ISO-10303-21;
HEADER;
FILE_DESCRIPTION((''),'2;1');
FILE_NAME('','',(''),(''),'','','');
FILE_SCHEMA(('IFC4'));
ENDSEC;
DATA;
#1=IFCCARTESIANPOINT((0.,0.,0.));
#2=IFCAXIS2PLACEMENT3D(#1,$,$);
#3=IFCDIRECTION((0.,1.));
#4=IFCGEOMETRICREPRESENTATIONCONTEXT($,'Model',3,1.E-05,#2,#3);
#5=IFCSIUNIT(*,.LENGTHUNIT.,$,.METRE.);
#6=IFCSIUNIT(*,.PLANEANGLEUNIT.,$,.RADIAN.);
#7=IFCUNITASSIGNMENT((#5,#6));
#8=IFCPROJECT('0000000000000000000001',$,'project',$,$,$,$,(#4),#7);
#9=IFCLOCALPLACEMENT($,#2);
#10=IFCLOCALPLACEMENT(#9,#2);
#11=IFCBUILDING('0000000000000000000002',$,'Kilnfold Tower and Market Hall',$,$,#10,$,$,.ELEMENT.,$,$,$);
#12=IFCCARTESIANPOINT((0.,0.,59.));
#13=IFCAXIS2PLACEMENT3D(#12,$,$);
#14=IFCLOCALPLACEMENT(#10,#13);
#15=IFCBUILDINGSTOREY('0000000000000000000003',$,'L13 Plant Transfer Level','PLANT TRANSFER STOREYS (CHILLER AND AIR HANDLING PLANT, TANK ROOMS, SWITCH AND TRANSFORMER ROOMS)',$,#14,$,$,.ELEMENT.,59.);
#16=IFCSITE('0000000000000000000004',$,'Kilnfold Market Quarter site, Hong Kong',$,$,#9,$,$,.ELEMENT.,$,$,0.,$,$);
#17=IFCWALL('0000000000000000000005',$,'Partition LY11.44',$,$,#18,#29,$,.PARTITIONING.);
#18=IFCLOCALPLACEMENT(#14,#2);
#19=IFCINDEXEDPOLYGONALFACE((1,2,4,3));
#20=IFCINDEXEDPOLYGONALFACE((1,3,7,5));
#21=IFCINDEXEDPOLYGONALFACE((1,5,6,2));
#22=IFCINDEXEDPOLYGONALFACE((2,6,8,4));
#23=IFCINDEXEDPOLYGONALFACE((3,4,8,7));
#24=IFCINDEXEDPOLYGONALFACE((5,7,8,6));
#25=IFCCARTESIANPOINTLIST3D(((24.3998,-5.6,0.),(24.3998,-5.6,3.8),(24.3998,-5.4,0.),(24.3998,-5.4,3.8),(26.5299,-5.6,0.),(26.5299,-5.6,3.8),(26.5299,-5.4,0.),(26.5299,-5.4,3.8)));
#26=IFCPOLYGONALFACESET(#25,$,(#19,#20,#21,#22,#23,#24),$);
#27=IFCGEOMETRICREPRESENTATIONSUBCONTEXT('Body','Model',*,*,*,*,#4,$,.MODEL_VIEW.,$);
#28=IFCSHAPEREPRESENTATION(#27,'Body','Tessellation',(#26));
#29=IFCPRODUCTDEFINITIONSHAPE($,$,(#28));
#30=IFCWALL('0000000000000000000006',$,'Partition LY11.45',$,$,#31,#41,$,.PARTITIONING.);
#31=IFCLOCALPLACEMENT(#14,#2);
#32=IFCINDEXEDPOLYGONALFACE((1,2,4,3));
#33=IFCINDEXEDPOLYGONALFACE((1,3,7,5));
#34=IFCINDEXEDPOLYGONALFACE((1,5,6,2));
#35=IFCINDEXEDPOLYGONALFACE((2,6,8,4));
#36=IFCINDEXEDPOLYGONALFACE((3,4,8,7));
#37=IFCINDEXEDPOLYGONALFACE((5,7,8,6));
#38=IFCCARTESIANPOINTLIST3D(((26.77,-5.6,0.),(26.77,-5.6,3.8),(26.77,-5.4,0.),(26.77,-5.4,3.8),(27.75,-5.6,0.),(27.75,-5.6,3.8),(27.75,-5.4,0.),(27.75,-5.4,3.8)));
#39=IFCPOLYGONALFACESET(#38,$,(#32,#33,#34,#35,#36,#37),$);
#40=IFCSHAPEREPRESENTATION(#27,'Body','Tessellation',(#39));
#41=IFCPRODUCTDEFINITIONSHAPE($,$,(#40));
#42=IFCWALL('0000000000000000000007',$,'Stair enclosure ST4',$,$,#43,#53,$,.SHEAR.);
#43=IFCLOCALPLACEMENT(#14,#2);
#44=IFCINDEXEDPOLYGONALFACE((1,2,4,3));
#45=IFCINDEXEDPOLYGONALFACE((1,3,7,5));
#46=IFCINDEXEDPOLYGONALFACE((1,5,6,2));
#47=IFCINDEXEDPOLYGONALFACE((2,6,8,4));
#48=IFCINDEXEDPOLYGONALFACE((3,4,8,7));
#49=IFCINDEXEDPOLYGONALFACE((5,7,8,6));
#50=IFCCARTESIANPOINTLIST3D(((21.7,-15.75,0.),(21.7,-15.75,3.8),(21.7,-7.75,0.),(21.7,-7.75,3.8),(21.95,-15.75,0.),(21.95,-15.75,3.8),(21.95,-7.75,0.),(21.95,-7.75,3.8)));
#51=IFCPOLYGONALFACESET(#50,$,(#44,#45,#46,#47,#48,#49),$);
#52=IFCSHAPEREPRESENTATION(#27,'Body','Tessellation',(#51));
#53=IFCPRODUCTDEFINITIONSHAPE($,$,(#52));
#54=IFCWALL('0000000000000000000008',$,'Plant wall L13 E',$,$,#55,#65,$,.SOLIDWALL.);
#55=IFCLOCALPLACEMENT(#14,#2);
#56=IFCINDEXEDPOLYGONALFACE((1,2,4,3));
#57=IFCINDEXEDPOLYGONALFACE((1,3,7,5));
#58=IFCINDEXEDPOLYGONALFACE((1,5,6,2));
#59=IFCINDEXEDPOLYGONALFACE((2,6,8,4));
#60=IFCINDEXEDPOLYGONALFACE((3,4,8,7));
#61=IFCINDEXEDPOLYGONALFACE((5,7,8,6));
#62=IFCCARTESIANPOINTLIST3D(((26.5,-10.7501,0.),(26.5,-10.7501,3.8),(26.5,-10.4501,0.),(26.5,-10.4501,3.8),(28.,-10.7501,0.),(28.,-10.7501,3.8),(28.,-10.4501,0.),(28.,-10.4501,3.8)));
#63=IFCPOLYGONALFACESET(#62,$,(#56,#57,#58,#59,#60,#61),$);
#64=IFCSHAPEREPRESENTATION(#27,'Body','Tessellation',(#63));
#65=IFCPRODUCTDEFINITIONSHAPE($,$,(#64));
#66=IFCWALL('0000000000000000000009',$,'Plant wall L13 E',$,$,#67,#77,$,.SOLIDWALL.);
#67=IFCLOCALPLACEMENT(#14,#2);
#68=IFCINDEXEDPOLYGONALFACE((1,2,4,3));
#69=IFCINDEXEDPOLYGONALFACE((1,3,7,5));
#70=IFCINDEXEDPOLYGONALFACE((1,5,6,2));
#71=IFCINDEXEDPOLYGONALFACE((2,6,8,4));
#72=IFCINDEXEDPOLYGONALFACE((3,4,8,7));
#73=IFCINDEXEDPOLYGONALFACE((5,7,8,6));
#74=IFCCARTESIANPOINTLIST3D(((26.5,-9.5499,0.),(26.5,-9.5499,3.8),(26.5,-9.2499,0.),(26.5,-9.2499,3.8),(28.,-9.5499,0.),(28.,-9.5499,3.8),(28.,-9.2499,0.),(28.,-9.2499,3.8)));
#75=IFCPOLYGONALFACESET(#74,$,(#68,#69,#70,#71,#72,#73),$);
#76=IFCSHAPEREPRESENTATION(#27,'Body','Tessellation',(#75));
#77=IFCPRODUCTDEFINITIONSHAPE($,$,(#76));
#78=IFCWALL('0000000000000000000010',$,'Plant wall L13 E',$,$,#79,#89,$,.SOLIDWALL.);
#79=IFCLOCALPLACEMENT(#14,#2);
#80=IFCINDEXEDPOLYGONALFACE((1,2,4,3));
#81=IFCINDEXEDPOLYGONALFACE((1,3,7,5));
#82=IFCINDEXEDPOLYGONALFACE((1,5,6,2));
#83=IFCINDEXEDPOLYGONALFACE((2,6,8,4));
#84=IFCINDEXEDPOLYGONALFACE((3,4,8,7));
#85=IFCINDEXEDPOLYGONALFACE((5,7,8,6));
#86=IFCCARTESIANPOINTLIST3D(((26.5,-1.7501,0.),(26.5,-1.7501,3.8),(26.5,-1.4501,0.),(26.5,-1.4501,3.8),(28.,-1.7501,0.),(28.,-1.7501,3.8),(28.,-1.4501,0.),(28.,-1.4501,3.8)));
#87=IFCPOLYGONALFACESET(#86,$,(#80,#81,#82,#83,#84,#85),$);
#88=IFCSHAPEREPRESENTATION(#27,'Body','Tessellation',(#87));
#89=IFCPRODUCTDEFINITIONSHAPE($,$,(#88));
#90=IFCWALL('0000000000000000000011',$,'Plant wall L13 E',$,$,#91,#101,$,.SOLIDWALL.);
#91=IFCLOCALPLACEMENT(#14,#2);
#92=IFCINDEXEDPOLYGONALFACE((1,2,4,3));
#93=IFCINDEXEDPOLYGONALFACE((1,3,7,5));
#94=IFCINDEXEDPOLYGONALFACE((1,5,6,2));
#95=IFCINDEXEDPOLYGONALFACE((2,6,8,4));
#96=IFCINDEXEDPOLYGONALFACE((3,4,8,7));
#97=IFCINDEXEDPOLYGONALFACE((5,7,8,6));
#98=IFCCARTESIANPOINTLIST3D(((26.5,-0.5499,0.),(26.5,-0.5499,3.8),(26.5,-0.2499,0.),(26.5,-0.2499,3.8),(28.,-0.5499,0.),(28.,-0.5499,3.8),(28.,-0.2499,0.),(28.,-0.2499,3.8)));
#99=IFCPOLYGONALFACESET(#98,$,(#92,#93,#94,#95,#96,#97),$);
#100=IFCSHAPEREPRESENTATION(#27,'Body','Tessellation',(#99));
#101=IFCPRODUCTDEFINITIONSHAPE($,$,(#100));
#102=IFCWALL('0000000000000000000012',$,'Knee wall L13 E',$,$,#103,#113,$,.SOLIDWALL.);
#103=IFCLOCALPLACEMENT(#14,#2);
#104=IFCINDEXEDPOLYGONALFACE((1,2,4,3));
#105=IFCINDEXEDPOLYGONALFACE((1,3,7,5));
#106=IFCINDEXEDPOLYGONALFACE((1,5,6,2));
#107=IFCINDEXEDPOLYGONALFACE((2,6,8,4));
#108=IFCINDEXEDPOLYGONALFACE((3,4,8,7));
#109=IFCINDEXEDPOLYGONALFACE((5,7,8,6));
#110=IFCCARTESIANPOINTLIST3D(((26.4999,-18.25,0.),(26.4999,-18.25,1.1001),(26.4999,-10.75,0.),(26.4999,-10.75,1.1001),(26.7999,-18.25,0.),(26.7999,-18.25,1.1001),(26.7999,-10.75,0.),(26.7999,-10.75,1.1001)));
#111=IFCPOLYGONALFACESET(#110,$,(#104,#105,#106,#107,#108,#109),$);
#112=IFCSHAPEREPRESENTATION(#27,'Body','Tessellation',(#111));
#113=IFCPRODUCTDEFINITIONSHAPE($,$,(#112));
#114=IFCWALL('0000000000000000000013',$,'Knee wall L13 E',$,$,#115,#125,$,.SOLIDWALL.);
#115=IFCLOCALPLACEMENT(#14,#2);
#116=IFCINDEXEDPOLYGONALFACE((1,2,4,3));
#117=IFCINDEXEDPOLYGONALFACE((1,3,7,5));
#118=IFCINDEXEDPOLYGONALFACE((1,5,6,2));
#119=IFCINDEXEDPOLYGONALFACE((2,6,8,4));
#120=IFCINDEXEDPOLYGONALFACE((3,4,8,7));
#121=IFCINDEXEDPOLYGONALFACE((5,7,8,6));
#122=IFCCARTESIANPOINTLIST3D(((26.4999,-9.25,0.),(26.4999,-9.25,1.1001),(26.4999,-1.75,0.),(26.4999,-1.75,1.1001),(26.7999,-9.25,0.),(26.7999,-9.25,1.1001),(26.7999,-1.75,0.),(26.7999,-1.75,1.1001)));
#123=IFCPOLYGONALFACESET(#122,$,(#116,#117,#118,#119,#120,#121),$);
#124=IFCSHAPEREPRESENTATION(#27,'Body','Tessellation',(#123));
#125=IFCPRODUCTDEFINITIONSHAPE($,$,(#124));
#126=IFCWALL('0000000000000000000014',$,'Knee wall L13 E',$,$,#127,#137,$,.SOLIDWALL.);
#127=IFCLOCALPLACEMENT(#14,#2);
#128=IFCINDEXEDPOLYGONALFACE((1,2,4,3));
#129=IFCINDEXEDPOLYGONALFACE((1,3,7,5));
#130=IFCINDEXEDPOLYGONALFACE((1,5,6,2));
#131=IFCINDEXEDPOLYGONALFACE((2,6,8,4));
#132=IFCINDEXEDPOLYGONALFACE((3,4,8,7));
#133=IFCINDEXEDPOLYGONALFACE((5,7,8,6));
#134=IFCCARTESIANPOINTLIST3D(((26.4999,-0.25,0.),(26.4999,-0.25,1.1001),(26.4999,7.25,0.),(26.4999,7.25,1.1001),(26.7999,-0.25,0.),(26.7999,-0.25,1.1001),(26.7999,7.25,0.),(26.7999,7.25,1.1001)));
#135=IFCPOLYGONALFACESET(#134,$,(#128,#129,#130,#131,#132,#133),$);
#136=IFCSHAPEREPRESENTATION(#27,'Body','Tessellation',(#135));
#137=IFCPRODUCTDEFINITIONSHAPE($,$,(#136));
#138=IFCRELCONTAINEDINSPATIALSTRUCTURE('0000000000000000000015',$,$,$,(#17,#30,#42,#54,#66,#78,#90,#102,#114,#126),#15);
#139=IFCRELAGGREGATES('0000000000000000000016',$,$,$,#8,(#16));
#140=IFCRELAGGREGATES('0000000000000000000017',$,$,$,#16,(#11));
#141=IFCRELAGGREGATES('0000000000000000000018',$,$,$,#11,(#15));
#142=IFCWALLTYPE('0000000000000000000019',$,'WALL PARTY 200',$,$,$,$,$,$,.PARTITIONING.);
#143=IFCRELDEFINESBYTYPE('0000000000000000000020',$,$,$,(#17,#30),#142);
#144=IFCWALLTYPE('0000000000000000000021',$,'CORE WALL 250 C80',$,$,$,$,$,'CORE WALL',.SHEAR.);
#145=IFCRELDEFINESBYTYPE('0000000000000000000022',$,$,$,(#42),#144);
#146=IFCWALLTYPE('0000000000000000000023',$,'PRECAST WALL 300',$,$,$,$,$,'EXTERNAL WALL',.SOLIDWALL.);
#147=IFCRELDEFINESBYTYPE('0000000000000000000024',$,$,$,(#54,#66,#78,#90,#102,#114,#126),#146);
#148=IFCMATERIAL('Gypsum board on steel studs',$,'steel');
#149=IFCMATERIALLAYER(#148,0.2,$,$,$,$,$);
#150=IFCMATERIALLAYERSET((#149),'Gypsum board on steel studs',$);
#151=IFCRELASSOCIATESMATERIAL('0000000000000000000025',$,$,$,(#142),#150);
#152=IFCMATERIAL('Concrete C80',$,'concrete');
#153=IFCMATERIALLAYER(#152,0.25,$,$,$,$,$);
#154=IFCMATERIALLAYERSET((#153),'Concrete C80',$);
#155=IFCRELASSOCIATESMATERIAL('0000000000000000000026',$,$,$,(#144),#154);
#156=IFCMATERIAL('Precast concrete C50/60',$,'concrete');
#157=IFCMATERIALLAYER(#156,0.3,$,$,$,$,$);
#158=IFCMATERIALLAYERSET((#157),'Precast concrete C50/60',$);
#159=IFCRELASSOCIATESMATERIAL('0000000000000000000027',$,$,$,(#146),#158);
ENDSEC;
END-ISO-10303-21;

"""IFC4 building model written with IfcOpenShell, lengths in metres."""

from ifc_helpers import new_model, si_unit, direction, frame, frame_2d, origin, place, context, subcontext, project, spatial, rectangle, extrude, source, transform, mapped, material, layer, layer_set, type_object, element, save


model = new_model("IFC4")

# Units and contexts
model_context = context("Model", 3, precision=1e-05, world=origin(), true_north=direction((0.0, 1.0)))
body_context = subcontext(model_context, "Body", "Model", "MODEL_VIEW")
ifc_project = project(units=[si_unit("LENGTHUNIT", "METRE"), si_unit("PLANEANGLEUNIT", "RADIAN")], contexts=[model_context])

# Site, building, storey
site_placement = place(None, origin())
site = spatial("IfcSite", under=ifc_project, at=site_placement, Name="Kilnfold Market Quarter site, Hong Kong", CompositionType="ELEMENT", RefElevation=0.0)
building_placement = place(site_placement, origin())
building = spatial("IfcBuilding", under=site, at=building_placement, Name="Kilnfold Tower and Market Hall", CompositionType="ELEMENT")
storey_placement = place(building_placement, frame((0.0, 0.0, 59.0)))
storey = spatial("IfcBuildingStorey", under=building, at=storey_placement, Name="L13 Plant Transfer Level", Description="PLANT TRANSFER STOREYS (CHILLER AND AIR HANDLING PLANT, TANK ROOMS, SWITCH AND TRANSFORMER ROOMS)", CompositionType="ELEMENT", Elevation=59.0)

# Walls
ifc_material_1 = material(Name="Gypsum board on steel studs", Category="steel")
ifc_layer_1 = layer(ifc_material_1, 0.2)
ifc_layer_set_1 = layer_set([ifc_layer_1], Name="Gypsum board on steel studs")
wall_type_1 = type_object("IfcWallType", Name="WALL PARTY 200", PredefinedType="PARTITIONING", material=ifc_layer_set_1)
wall_1_placement = place(storey_placement, frame((24.3999, -5.5, 0.0), z_axis=(0.0, 0.0, 1.0), x_axis=(1.0, 0.0, 0.0)))
element("IfcWall", 1, at=wall_1_placement, inside=storey, type_object=wall_type_1, Name="Partition LY11.44", PredefinedType="PARTITIONING", context=body_context, shape_type="SweptSolid", body=[
    extrude(rectangle(XDim=2.1301, YDim=0.2, at=frame_2d((1.0649, 0.0))), origin(), (0.0, 0.0, 1.0), 3.8),
])
wall_2_placement = place(storey_placement, frame((26.77, -5.5, 0.0), z_axis=(0.0, 0.0, 1.0), x_axis=(1.0, 0.0, 0.0)))
element("IfcWall", 2, at=wall_2_placement, inside=storey, type_object=wall_type_1, Name="Partition LY11.45", PredefinedType="PARTITIONING", context=body_context, shape_type="SweptSolid", body=[
    extrude(rectangle(XDim=0.98, YDim=0.2, at=frame_2d((0.49, 0.0))), origin(), (0.0, 0.0, 1.0), 3.8),
])
ifc_material_2 = material(Name="Concrete C80", Category="concrete")
ifc_layer_2 = layer(ifc_material_2, 0.25)
ifc_layer_set_2 = layer_set([ifc_layer_2], Name="Concrete C80")
wall_type_2 = type_object("IfcWallType", Name="CORE WALL 250 C80", ElementType="CORE WALL", PredefinedType="SHEAR", material=ifc_layer_set_2)
shared_shape_1 = source(origin(), body_context, "Body", "SweptSolid", [
    extrude(rectangle(XDim=8.0, YDim=0.25, at=frame_2d((4.0, 0.0))), origin(), (0.0, 0.0, 1.0), 3.8),
])
wall_3_placement = place(storey_placement, frame((21.825, -15.75, 0.0), z_axis=(0.0, 0.0, 1.0), x_axis=(0.0, 1.0, 0.0)))
element("IfcWall", 3, at=wall_3_placement, inside=storey, type_object=wall_type_2, Name="Stair enclosure ST4", PredefinedType="SHEAR", context=body_context, shape_type="MappedRepresentation", body=[
    mapped(shared_shape_1, transform((0.0, 0.0, 0.0))),
])
ifc_material_3 = material(Name="Precast concrete C50/60", Category="concrete")
ifc_layer_3 = layer(ifc_material_3, 0.3)
ifc_layer_set_3 = layer_set([ifc_layer_3], Name="Precast concrete C50/60")
wall_type_3 = type_object("IfcWallType", Name="PRECAST WALL 300", ElementType="EXTERNAL WALL", PredefinedType="SOLIDWALL", material=ifc_layer_set_3)
shared_shape_2 = source(origin(), body_context, "Body", "SweptSolid", [
    extrude(rectangle(XDim=1.5, YDim=0.3, at=frame_2d((0.75, 0.0))), origin(), (0.0, 0.0, 1.0), 3.8),
])
for number, where, z_axis, x_axis, name in (
    (4, (28.0, -10.6001, 0.0), (0.0, 0.0, 1.0), (-1.0, 0.0, 0.0), "Plant wall L13 E"),
    (5, (28.0, -9.3999, 0.0), (0.0, 0.0, 1.0), (-1.0, 0.0, 0.0), "Plant wall L13 E"),
    (6, (28.0, -1.6001, 0.0), (0.0, 0.0, 1.0), (-1.0, 0.0, 0.0), "Plant wall L13 E"),
    (7, (28.0, -0.3999, 0.0), (0.0, 0.0, 1.0), (-1.0, 0.0, 0.0), "Plant wall L13 E"),
):
    element("IfcWall", number, at=place(storey_placement, frame(where, z_axis=z_axis, x_axis=x_axis)), inside=storey, type_object=wall_type_3, Name=name, PredefinedType="SOLIDWALL", context=body_context, shape_type="MappedRepresentation", body=[
        mapped(shared_shape_2, transform((0.0, 0.0, 0.0))),
    ])
shared_shape_3 = source(origin(), body_context, "Body", "SweptSolid", [
    extrude(rectangle(XDim=7.5, YDim=0.3, at=frame_2d((3.75, 0.0))), origin(), (0.0, 0.0, 1.0), 1.1001),
])
for number, where, z_axis, x_axis, name in (
    (8, (26.6499, -18.25, 0.0), (0.0, 0.0, 1.0), (0.0, 1.0, 0.0), "Knee wall L13 E"),
    (9, (26.6499, -9.25, 0.0), (0.0, 0.0, 1.0), (0.0, 1.0, 0.0), "Knee wall L13 E"),
    (10, (26.6499, -0.25, 0.0), (0.0, 0.0, 1.0), (0.0, 1.0, 0.0), "Knee wall L13 E"),
):
    element("IfcWall", number, at=place(storey_placement, frame(where, z_axis=z_axis, x_axis=x_axis)), inside=storey, type_object=wall_type_3, Name=name, PredefinedType="SOLIDWALL", context=body_context, shape_type="MappedRepresentation", body=[
        mapped(shared_shape_3, transform((0.0, 0.0, 0.0))),
    ])

save(model, "model.ifc")
